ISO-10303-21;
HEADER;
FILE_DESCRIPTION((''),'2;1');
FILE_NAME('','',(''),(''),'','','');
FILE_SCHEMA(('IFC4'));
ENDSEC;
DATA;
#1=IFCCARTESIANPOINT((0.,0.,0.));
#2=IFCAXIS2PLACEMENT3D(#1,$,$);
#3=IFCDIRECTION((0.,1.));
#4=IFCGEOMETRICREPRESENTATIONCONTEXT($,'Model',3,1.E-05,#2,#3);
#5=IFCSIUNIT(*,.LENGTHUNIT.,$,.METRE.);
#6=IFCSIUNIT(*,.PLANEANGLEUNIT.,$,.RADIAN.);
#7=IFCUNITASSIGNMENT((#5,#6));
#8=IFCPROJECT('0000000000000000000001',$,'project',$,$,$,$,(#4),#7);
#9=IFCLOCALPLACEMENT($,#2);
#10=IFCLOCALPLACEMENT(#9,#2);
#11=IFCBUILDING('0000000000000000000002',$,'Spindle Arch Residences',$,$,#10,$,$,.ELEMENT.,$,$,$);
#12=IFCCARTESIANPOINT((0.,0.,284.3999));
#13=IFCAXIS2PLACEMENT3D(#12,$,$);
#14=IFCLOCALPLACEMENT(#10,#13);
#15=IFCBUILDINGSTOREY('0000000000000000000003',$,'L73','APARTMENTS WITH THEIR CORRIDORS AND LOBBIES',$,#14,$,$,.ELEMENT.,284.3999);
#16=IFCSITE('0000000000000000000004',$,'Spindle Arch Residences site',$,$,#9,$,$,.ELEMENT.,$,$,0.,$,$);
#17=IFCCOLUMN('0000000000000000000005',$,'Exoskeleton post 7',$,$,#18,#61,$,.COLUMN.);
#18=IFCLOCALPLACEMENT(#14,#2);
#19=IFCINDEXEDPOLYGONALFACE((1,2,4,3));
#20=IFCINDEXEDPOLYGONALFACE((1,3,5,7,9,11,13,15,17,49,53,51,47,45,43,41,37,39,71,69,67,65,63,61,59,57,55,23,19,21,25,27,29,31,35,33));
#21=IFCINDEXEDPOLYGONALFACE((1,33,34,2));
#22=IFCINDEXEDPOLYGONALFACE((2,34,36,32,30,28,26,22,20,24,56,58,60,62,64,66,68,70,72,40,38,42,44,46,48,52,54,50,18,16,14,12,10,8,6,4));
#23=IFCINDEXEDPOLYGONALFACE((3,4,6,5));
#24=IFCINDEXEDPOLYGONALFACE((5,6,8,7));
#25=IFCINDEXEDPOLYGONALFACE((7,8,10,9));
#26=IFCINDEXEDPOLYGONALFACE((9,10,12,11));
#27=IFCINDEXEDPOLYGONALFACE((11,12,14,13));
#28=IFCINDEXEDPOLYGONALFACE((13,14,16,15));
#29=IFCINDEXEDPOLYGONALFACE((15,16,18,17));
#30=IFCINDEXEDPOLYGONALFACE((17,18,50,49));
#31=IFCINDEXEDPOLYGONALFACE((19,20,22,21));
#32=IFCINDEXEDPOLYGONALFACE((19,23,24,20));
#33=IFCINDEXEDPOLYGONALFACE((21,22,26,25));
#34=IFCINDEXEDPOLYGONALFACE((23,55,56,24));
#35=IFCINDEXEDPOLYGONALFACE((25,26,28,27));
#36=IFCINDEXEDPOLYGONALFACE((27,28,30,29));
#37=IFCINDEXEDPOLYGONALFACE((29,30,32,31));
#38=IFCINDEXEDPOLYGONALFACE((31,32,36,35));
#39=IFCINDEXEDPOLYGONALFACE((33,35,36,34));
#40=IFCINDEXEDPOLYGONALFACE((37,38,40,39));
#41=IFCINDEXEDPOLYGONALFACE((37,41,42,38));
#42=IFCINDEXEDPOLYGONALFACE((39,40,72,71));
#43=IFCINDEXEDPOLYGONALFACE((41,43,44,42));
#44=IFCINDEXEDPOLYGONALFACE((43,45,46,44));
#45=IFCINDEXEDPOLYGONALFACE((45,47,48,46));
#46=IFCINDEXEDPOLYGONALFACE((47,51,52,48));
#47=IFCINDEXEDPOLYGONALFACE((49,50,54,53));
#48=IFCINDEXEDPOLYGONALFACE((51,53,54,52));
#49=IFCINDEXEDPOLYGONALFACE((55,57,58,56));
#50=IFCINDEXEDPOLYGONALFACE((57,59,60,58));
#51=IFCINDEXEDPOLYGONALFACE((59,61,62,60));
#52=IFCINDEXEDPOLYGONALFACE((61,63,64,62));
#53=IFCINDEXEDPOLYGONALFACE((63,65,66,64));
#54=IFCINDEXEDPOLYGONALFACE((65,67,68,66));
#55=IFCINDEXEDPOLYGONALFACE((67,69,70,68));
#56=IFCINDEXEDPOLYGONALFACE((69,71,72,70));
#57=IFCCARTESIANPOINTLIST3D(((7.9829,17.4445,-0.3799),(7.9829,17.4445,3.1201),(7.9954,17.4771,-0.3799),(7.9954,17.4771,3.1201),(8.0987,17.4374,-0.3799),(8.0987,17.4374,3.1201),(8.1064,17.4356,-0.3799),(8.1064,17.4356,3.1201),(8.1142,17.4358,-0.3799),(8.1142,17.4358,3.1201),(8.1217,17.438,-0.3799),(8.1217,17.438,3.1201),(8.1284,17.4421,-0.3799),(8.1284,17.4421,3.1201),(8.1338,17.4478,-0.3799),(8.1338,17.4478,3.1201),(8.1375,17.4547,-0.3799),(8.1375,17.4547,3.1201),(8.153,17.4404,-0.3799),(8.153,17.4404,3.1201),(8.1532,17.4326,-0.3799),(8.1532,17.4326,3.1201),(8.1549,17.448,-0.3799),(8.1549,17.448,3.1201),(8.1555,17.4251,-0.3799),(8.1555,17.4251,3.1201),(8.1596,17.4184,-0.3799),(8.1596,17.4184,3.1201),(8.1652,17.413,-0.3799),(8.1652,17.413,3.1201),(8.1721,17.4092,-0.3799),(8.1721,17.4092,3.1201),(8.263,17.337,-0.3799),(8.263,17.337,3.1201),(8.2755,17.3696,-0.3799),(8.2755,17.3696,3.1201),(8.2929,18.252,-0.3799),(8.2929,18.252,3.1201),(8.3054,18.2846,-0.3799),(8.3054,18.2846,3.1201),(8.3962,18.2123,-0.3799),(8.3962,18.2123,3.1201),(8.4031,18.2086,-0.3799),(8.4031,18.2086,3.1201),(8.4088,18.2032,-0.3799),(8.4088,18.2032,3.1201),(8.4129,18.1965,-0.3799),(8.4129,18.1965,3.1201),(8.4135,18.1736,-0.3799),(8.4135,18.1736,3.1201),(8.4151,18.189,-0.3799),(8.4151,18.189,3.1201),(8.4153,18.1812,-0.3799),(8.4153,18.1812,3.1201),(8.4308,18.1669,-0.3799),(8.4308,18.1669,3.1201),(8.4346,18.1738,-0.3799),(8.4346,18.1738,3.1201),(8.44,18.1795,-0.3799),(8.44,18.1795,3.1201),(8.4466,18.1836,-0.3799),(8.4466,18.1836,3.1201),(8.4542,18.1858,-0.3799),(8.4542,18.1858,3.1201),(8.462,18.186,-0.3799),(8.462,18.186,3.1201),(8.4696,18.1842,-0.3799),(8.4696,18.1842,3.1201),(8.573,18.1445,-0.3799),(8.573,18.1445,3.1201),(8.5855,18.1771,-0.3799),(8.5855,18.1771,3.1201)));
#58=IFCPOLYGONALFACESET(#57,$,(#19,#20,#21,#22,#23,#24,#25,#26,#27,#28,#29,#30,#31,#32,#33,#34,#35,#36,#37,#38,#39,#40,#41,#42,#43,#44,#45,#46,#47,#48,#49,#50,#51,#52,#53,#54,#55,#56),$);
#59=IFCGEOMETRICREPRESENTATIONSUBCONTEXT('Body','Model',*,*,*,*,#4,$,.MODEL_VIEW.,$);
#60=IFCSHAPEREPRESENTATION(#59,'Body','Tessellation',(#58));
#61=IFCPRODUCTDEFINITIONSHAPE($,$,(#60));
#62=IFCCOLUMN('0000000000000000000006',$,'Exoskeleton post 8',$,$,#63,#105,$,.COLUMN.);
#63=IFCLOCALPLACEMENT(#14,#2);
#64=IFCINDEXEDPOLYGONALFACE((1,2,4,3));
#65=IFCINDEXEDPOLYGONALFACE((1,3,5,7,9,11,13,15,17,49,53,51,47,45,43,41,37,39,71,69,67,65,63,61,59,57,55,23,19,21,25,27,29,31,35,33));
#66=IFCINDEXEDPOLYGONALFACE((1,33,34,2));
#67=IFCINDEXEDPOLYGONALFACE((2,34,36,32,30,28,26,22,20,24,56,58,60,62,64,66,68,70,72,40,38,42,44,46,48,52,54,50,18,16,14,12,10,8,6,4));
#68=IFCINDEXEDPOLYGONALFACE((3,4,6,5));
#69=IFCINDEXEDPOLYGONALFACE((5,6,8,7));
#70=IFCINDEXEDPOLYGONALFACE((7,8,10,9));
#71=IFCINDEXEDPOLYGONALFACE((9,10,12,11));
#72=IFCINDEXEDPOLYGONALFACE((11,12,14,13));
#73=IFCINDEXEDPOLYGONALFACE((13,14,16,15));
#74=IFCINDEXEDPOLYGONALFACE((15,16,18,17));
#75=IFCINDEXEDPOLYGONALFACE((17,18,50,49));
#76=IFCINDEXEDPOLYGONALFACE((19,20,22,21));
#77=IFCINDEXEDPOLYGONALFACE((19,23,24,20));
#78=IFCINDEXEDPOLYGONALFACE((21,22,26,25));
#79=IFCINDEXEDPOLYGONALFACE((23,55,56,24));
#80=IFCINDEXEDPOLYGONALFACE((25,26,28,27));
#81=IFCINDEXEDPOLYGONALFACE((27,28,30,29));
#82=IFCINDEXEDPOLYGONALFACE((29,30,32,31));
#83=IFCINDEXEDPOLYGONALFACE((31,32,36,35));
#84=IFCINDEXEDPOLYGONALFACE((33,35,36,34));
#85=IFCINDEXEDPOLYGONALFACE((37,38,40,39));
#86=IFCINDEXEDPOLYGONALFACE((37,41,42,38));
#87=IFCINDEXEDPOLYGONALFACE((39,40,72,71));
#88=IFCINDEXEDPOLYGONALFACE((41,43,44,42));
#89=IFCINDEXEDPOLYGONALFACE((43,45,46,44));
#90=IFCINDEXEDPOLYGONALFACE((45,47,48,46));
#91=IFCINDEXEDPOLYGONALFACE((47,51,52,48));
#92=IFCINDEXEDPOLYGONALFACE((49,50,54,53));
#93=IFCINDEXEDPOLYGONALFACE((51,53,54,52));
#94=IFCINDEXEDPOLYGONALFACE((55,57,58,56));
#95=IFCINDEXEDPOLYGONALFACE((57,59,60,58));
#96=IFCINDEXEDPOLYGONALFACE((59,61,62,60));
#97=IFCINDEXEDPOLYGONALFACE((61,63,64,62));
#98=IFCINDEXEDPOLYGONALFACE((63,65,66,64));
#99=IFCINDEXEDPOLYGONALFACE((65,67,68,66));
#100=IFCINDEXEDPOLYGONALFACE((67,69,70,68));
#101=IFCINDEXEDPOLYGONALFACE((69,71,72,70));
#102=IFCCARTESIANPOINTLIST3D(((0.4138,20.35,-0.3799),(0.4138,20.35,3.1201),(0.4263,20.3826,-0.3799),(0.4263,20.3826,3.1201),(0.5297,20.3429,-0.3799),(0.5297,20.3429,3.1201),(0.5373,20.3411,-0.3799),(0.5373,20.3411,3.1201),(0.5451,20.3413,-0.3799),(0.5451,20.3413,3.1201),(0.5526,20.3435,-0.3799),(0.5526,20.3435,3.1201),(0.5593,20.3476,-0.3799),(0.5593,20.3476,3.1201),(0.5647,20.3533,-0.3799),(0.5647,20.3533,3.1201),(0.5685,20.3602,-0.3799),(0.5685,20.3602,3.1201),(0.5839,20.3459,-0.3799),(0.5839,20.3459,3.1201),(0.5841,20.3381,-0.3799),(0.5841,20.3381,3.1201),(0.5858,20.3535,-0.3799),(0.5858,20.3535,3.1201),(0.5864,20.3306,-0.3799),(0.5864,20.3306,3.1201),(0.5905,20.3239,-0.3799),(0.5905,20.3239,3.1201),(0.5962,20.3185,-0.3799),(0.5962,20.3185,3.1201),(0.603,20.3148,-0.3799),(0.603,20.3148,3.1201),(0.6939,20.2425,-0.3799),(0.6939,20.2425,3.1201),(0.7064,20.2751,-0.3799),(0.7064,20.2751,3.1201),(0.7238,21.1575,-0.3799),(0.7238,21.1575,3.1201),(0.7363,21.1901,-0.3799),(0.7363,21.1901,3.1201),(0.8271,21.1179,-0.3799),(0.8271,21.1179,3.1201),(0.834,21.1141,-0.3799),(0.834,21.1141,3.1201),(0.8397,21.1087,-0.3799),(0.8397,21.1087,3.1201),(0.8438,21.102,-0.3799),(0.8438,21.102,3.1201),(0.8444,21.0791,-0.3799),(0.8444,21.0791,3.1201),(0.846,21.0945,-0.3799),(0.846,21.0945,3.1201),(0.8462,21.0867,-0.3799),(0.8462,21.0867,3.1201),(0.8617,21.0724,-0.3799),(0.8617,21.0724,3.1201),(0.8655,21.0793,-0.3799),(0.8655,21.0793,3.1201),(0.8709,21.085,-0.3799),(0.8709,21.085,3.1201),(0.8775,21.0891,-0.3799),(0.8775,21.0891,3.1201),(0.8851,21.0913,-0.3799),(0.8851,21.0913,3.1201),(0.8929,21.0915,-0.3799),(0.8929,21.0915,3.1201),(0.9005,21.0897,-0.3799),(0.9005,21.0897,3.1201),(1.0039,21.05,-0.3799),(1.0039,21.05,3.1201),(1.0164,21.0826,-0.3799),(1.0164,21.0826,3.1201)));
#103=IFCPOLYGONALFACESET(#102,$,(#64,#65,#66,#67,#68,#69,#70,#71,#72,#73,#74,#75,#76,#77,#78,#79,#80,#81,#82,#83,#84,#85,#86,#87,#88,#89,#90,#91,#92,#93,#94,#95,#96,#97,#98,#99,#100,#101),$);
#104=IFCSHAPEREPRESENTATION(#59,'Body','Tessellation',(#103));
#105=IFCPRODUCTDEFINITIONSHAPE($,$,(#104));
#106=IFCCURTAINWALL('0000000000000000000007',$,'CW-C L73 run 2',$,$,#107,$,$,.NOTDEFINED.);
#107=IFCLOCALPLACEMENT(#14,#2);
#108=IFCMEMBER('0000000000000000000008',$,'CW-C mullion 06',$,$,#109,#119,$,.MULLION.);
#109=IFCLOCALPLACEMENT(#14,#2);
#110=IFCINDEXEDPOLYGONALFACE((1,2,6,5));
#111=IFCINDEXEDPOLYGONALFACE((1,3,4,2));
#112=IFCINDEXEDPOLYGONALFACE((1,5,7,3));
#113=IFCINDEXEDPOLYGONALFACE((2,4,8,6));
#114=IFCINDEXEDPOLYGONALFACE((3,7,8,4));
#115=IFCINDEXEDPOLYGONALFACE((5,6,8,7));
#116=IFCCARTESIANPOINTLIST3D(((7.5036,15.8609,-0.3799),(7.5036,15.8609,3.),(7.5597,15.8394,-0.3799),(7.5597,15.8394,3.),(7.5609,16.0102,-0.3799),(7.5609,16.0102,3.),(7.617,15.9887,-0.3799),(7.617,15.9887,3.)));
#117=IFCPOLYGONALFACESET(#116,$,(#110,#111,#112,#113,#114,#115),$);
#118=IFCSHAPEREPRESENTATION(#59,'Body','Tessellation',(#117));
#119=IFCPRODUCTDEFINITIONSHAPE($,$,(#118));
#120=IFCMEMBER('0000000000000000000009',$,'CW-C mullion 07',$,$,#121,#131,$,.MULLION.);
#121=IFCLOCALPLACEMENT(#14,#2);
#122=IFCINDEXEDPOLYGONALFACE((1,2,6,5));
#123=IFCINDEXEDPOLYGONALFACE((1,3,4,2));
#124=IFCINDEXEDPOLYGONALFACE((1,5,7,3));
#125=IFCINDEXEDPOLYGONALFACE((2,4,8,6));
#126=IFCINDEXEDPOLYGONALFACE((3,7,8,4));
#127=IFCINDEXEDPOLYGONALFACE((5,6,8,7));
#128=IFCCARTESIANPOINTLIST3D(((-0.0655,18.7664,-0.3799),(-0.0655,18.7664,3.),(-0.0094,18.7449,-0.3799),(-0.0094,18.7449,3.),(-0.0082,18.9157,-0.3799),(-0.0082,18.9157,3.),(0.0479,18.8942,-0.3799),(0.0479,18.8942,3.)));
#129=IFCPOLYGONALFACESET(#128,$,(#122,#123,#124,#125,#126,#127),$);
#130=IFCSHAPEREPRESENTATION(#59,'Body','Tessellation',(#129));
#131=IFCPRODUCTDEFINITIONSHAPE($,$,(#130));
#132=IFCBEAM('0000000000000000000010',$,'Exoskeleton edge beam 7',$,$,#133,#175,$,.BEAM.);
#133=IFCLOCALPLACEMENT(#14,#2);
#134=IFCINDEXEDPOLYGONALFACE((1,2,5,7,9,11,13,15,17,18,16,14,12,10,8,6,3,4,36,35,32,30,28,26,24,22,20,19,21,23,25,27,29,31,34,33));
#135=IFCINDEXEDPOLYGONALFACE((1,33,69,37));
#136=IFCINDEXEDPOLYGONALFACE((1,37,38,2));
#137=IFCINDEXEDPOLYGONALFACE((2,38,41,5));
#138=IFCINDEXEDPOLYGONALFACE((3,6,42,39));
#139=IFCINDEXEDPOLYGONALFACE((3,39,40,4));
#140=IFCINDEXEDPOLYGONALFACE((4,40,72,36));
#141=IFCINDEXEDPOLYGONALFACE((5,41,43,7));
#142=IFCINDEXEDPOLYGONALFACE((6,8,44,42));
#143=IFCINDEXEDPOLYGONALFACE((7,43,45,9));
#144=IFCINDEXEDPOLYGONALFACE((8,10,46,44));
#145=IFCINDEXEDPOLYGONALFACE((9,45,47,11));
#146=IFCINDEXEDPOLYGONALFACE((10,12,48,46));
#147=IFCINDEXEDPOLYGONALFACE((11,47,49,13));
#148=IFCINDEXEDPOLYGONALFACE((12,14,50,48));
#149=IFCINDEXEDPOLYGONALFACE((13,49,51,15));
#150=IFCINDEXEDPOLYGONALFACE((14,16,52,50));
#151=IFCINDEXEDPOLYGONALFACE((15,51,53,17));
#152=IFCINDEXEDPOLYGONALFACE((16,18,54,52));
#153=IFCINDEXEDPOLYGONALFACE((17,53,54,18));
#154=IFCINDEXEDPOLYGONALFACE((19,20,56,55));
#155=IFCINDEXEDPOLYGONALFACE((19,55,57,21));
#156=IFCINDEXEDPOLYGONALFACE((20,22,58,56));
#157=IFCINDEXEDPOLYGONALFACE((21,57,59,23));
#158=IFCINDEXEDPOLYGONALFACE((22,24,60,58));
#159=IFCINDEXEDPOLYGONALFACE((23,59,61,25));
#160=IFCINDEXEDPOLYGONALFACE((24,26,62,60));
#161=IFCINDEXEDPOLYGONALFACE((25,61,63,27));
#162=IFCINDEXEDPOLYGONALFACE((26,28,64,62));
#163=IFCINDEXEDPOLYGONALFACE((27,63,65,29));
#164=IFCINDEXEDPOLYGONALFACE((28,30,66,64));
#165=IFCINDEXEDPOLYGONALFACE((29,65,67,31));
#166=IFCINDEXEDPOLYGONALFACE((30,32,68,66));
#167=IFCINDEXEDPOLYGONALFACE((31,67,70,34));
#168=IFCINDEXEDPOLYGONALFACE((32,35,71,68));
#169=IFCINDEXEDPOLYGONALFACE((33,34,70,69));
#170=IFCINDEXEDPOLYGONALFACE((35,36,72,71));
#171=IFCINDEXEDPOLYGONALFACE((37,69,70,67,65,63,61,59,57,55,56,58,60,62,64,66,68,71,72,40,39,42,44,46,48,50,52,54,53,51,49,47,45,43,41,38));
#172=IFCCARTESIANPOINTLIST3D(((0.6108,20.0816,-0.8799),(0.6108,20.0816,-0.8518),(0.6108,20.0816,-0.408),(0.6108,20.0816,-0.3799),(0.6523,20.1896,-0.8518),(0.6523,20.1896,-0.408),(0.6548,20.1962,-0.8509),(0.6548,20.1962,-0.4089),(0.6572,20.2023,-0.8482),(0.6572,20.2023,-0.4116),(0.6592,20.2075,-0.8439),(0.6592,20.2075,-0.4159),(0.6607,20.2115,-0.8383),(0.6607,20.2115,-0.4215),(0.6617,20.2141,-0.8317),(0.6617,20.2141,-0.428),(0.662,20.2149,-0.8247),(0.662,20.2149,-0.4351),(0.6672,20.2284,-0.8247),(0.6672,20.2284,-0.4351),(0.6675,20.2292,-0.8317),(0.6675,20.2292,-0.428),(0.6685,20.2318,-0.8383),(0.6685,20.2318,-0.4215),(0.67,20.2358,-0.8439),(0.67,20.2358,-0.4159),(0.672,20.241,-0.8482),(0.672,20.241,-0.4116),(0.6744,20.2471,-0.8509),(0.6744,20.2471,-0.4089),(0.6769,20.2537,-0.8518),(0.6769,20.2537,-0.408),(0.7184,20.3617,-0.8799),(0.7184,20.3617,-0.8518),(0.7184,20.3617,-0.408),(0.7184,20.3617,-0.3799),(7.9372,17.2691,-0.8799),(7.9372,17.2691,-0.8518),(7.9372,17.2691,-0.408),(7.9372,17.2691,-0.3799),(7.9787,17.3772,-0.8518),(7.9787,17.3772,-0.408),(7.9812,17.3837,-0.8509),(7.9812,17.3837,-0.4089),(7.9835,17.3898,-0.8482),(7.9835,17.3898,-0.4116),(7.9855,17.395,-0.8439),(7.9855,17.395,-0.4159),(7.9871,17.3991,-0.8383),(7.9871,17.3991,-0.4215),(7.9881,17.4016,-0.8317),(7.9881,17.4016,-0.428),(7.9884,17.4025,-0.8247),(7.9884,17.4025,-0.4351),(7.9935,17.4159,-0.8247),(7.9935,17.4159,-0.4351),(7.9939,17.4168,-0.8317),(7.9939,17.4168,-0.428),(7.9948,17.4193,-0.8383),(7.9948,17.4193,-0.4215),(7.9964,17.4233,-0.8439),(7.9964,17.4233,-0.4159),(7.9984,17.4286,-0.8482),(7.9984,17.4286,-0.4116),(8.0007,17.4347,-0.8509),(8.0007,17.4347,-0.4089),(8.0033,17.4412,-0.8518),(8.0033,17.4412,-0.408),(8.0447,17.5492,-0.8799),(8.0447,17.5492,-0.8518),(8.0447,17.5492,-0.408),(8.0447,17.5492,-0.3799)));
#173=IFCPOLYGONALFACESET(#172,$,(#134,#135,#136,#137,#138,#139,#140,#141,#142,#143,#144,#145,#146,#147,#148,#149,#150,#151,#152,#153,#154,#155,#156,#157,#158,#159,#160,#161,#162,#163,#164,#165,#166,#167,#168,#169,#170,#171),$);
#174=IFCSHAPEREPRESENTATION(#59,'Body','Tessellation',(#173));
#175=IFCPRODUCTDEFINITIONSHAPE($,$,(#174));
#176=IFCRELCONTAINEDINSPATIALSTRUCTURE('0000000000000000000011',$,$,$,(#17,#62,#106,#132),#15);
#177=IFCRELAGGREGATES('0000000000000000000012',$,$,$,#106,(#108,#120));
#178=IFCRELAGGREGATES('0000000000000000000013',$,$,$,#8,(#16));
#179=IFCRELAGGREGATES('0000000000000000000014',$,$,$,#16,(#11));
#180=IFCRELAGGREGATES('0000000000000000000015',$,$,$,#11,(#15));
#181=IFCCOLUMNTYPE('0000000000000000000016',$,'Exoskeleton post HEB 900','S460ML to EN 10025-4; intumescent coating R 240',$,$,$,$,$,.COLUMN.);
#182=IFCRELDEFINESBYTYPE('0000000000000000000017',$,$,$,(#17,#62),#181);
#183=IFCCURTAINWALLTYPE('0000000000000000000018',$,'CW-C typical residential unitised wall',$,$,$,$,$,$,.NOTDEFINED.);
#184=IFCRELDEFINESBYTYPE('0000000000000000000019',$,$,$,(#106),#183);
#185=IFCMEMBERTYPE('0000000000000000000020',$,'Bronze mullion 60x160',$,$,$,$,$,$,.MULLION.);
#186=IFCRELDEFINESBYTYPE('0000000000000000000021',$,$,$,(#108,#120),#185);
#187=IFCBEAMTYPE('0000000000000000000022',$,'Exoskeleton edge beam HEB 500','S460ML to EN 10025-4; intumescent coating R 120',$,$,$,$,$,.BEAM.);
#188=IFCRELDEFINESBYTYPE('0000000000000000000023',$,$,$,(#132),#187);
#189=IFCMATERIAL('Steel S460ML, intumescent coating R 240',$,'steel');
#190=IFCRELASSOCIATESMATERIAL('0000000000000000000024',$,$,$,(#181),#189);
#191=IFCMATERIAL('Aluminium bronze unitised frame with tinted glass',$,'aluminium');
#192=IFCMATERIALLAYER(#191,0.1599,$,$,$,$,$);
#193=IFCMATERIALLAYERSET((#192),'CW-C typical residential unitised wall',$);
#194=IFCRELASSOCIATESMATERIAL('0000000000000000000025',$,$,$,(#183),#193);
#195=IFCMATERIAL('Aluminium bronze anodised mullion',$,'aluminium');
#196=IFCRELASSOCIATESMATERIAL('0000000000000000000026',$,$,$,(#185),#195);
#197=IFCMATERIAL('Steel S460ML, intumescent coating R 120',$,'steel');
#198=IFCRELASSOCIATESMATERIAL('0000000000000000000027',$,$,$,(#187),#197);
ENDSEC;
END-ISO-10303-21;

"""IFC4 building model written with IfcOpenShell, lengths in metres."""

from ifc_helpers import new_model, si_unit, direction, frame, origin, origin_2d, place, context, subcontext, project, spatial, rectangle, i_section, extrude, material, layer, layer_set, material_profile, profile_set, type_object, element, aggregate, save


model = new_model("IFC4")

# Units and contexts
model_context = context("Model", 3, precision=1e-05, world=origin(), true_north=direction((0.0, 1.0)))
body_context = subcontext(model_context, "Body", "Model", "MODEL_VIEW")
ifc_project = project(units=[si_unit("LENGTHUNIT", "METRE"), si_unit("PLANEANGLEUNIT", "RADIAN")], contexts=[model_context])

# Site, building, storey
site_placement = place(None, origin())
site = spatial("IfcSite", under=ifc_project, at=site_placement, Name="Spindle Arch Residences site", CompositionType="ELEMENT", RefElevation=0.0)
building_placement = place(site_placement, origin())
building = spatial("IfcBuilding", under=site, at=building_placement, Name="Spindle Arch Residences", CompositionType="ELEMENT")
storey_placement = place(building_placement, frame((0.0, 0.0, 284.3999)))
storey = spatial("IfcBuildingStorey", under=building, at=storey_placement, Name="L73", Description="APARTMENTS WITH THEIR CORRIDORS AND LOBBIES", CompositionType="ELEMENT", Elevation=284.3999)

# Columns
ifc_material_1 = material(Name="Steel S460ML, intumescent coating R 240", Category="steel")
ifc_material_profile_1 = material_profile(ifc_material_1, i_section(OverallWidth=0.3, OverallDepth=0.8999, WebThickness=0.0186, FlangeThickness=0.0349, FilletRadius=0.03, at=origin_2d()), Name="HEB 900")
ifc_profile_set_1 = profile_set([ifc_material_profile_1], Name="Steel S460ML, intumescent coating R 240")
column_type = type_object("IfcColumnType", Name="Exoskeleton post HEB 900", Description="S460ML to EN 10025-4; intumescent coating R 240", PredefinedType="COLUMN", material=ifc_profile_set_1)
for number, where, z_axis, x_axis, name in (
    (1, (8.2842, 17.8108, -0.3799), (0.0, 0.0, 1.0), (0.93358, -0.358368, 0.0), "Exoskeleton post 7"),
    (2, (0.7151, 20.7163, -0.3799), (0.0, 0.0, 1.0), (0.93358, -0.358368, 0.0), "Exoskeleton post 8"),
):
    element("IfcColumn", number, at=place(storey_placement, frame(where, z_axis=z_axis, x_axis=x_axis)), inside=storey, type_object=column_type, Name=name, PredefinedType="COLUMN", context=body_context, shape_type="SweptSolid", body=[
        extrude(i_section(OverallWidth=0.3, OverallDepth=0.8999, WebThickness=0.0186, FlangeThickness=0.0349, FilletRadius=0.03, at=origin_2d()), origin(), (0.0, 0.0, 1.0), 3.5),
    ])

# Curtain wall, members
ifc_material_2 = material(Name="Aluminium bronze unitised frame with tinted glass", Category="aluminium")
ifc_layer_1 = layer(ifc_material_2, 0.1599)
ifc_layer_set_1 = layer_set([ifc_layer_1], Name="CW-C typical residential unitised wall")
curtain_wall_type = type_object("IfcCurtainWallType", Name="CW-C typical residential unitised wall", PredefinedType="NOTDEFINED", material=ifc_layer_set_1)
curtain_wall_placement = place(storey_placement, origin())
curtain_wall = element("IfcCurtainWall", 3, at=curtain_wall_placement, inside=storey, type_object=curtain_wall_type, Name="CW-C L73 run 2", PredefinedType="NOTDEFINED")
ifc_material_3 = material(Name="Aluminium bronze anodised mullion", Category="aluminium")
ifc_material_profile_2 = material_profile(ifc_material_3, rectangle(XDim=0.1599, YDim=0.0601, at=origin_2d()), Name="MU 60x160")
ifc_profile_set_2 = profile_set([ifc_material_profile_2], Name="Aluminium bronze anodised mullion")
member_type = type_object("IfcMemberType", Name="Bronze mullion 60x160", PredefinedType="MULLION", material=ifc_profile_set_2)
member_1_placement = place(storey_placement, frame((7.5603, 15.9248, -0.3799), z_axis=(0.0, 0.0, 1.0), x_axis=(-0.358368, -0.93358, 0.0)))
member_1 = element("IfcMember", 4, at=member_1_placement, type_object=member_type, Name="CW-C mullion 06", PredefinedType="MULLION", context=body_context, shape_type="SweptSolid", body=[
    extrude(rectangle(XDim=0.1599, YDim=0.0601, at=origin_2d()), origin(), (0.0, 0.0, 1.0), 3.3799),
])
member_2_placement = place(storey_placement, frame((-0.0088, 18.8303, -0.3799), z_axis=(0.0, 0.0, 1.0), x_axis=(-0.358368, -0.93358, 0.0)))
member_2 = element("IfcMember", 5, at=member_2_placement, type_object=member_type, Name="CW-C mullion 07", PredefinedType="MULLION", context=body_context, shape_type="SweptSolid", body=[
    extrude(rectangle(XDim=0.1599, YDim=0.0601, at=origin_2d()), origin(), (0.0, 0.0, 1.0), 3.3799),
])

# Beam
ifc_material_4 = material(Name="Steel S460ML, intumescent coating R 120", Category="steel")
ifc_material_profile_3 = material_profile(ifc_material_4, i_section(OverallWidth=0.3, OverallDepth=0.5, WebThickness=0.0144, FlangeThickness=0.0281, FilletRadius=0.0271, at=origin_2d()), Name="HEB 500")
ifc_profile_set_3 = profile_set([ifc_material_profile_3], Name="Steel S460ML, intumescent coating R 120")
beam_type_1 = type_object("IfcBeamType", Name="Exoskeleton edge beam HEB 500", Description="S460ML to EN 10025-4; intumescent coating R 120", PredefinedType="BEAM", material=ifc_profile_set_3)
for number, where, z_axis, x_axis, name in (
    (6, (7.991, 17.4092, -0.6299), (-0.933574, 0.358385, 0.0), (-0.358385, -0.933574, 0.0), "Exoskeleton edge beam 7"),
):
    element("IfcBeam", number, at=place(storey_placement, frame(where, z_axis=z_axis, x_axis=x_axis)), inside=storey, type_object=beam_type_1, Name=name, PredefinedType="BEAM", context=body_context, shape_type="SweptSolid", body=[
        extrude(i_section(OverallWidth=0.3, OverallDepth=0.5, WebThickness=0.0144, FlangeThickness=0.0281, FilletRadius=0.0271, at=origin_2d()), origin(), (0.0, 0.0, 1.0), 7.8477),
    ])

aggregate(curtain_wall, [member_1, member_2])

save(model, "model.ifc")
